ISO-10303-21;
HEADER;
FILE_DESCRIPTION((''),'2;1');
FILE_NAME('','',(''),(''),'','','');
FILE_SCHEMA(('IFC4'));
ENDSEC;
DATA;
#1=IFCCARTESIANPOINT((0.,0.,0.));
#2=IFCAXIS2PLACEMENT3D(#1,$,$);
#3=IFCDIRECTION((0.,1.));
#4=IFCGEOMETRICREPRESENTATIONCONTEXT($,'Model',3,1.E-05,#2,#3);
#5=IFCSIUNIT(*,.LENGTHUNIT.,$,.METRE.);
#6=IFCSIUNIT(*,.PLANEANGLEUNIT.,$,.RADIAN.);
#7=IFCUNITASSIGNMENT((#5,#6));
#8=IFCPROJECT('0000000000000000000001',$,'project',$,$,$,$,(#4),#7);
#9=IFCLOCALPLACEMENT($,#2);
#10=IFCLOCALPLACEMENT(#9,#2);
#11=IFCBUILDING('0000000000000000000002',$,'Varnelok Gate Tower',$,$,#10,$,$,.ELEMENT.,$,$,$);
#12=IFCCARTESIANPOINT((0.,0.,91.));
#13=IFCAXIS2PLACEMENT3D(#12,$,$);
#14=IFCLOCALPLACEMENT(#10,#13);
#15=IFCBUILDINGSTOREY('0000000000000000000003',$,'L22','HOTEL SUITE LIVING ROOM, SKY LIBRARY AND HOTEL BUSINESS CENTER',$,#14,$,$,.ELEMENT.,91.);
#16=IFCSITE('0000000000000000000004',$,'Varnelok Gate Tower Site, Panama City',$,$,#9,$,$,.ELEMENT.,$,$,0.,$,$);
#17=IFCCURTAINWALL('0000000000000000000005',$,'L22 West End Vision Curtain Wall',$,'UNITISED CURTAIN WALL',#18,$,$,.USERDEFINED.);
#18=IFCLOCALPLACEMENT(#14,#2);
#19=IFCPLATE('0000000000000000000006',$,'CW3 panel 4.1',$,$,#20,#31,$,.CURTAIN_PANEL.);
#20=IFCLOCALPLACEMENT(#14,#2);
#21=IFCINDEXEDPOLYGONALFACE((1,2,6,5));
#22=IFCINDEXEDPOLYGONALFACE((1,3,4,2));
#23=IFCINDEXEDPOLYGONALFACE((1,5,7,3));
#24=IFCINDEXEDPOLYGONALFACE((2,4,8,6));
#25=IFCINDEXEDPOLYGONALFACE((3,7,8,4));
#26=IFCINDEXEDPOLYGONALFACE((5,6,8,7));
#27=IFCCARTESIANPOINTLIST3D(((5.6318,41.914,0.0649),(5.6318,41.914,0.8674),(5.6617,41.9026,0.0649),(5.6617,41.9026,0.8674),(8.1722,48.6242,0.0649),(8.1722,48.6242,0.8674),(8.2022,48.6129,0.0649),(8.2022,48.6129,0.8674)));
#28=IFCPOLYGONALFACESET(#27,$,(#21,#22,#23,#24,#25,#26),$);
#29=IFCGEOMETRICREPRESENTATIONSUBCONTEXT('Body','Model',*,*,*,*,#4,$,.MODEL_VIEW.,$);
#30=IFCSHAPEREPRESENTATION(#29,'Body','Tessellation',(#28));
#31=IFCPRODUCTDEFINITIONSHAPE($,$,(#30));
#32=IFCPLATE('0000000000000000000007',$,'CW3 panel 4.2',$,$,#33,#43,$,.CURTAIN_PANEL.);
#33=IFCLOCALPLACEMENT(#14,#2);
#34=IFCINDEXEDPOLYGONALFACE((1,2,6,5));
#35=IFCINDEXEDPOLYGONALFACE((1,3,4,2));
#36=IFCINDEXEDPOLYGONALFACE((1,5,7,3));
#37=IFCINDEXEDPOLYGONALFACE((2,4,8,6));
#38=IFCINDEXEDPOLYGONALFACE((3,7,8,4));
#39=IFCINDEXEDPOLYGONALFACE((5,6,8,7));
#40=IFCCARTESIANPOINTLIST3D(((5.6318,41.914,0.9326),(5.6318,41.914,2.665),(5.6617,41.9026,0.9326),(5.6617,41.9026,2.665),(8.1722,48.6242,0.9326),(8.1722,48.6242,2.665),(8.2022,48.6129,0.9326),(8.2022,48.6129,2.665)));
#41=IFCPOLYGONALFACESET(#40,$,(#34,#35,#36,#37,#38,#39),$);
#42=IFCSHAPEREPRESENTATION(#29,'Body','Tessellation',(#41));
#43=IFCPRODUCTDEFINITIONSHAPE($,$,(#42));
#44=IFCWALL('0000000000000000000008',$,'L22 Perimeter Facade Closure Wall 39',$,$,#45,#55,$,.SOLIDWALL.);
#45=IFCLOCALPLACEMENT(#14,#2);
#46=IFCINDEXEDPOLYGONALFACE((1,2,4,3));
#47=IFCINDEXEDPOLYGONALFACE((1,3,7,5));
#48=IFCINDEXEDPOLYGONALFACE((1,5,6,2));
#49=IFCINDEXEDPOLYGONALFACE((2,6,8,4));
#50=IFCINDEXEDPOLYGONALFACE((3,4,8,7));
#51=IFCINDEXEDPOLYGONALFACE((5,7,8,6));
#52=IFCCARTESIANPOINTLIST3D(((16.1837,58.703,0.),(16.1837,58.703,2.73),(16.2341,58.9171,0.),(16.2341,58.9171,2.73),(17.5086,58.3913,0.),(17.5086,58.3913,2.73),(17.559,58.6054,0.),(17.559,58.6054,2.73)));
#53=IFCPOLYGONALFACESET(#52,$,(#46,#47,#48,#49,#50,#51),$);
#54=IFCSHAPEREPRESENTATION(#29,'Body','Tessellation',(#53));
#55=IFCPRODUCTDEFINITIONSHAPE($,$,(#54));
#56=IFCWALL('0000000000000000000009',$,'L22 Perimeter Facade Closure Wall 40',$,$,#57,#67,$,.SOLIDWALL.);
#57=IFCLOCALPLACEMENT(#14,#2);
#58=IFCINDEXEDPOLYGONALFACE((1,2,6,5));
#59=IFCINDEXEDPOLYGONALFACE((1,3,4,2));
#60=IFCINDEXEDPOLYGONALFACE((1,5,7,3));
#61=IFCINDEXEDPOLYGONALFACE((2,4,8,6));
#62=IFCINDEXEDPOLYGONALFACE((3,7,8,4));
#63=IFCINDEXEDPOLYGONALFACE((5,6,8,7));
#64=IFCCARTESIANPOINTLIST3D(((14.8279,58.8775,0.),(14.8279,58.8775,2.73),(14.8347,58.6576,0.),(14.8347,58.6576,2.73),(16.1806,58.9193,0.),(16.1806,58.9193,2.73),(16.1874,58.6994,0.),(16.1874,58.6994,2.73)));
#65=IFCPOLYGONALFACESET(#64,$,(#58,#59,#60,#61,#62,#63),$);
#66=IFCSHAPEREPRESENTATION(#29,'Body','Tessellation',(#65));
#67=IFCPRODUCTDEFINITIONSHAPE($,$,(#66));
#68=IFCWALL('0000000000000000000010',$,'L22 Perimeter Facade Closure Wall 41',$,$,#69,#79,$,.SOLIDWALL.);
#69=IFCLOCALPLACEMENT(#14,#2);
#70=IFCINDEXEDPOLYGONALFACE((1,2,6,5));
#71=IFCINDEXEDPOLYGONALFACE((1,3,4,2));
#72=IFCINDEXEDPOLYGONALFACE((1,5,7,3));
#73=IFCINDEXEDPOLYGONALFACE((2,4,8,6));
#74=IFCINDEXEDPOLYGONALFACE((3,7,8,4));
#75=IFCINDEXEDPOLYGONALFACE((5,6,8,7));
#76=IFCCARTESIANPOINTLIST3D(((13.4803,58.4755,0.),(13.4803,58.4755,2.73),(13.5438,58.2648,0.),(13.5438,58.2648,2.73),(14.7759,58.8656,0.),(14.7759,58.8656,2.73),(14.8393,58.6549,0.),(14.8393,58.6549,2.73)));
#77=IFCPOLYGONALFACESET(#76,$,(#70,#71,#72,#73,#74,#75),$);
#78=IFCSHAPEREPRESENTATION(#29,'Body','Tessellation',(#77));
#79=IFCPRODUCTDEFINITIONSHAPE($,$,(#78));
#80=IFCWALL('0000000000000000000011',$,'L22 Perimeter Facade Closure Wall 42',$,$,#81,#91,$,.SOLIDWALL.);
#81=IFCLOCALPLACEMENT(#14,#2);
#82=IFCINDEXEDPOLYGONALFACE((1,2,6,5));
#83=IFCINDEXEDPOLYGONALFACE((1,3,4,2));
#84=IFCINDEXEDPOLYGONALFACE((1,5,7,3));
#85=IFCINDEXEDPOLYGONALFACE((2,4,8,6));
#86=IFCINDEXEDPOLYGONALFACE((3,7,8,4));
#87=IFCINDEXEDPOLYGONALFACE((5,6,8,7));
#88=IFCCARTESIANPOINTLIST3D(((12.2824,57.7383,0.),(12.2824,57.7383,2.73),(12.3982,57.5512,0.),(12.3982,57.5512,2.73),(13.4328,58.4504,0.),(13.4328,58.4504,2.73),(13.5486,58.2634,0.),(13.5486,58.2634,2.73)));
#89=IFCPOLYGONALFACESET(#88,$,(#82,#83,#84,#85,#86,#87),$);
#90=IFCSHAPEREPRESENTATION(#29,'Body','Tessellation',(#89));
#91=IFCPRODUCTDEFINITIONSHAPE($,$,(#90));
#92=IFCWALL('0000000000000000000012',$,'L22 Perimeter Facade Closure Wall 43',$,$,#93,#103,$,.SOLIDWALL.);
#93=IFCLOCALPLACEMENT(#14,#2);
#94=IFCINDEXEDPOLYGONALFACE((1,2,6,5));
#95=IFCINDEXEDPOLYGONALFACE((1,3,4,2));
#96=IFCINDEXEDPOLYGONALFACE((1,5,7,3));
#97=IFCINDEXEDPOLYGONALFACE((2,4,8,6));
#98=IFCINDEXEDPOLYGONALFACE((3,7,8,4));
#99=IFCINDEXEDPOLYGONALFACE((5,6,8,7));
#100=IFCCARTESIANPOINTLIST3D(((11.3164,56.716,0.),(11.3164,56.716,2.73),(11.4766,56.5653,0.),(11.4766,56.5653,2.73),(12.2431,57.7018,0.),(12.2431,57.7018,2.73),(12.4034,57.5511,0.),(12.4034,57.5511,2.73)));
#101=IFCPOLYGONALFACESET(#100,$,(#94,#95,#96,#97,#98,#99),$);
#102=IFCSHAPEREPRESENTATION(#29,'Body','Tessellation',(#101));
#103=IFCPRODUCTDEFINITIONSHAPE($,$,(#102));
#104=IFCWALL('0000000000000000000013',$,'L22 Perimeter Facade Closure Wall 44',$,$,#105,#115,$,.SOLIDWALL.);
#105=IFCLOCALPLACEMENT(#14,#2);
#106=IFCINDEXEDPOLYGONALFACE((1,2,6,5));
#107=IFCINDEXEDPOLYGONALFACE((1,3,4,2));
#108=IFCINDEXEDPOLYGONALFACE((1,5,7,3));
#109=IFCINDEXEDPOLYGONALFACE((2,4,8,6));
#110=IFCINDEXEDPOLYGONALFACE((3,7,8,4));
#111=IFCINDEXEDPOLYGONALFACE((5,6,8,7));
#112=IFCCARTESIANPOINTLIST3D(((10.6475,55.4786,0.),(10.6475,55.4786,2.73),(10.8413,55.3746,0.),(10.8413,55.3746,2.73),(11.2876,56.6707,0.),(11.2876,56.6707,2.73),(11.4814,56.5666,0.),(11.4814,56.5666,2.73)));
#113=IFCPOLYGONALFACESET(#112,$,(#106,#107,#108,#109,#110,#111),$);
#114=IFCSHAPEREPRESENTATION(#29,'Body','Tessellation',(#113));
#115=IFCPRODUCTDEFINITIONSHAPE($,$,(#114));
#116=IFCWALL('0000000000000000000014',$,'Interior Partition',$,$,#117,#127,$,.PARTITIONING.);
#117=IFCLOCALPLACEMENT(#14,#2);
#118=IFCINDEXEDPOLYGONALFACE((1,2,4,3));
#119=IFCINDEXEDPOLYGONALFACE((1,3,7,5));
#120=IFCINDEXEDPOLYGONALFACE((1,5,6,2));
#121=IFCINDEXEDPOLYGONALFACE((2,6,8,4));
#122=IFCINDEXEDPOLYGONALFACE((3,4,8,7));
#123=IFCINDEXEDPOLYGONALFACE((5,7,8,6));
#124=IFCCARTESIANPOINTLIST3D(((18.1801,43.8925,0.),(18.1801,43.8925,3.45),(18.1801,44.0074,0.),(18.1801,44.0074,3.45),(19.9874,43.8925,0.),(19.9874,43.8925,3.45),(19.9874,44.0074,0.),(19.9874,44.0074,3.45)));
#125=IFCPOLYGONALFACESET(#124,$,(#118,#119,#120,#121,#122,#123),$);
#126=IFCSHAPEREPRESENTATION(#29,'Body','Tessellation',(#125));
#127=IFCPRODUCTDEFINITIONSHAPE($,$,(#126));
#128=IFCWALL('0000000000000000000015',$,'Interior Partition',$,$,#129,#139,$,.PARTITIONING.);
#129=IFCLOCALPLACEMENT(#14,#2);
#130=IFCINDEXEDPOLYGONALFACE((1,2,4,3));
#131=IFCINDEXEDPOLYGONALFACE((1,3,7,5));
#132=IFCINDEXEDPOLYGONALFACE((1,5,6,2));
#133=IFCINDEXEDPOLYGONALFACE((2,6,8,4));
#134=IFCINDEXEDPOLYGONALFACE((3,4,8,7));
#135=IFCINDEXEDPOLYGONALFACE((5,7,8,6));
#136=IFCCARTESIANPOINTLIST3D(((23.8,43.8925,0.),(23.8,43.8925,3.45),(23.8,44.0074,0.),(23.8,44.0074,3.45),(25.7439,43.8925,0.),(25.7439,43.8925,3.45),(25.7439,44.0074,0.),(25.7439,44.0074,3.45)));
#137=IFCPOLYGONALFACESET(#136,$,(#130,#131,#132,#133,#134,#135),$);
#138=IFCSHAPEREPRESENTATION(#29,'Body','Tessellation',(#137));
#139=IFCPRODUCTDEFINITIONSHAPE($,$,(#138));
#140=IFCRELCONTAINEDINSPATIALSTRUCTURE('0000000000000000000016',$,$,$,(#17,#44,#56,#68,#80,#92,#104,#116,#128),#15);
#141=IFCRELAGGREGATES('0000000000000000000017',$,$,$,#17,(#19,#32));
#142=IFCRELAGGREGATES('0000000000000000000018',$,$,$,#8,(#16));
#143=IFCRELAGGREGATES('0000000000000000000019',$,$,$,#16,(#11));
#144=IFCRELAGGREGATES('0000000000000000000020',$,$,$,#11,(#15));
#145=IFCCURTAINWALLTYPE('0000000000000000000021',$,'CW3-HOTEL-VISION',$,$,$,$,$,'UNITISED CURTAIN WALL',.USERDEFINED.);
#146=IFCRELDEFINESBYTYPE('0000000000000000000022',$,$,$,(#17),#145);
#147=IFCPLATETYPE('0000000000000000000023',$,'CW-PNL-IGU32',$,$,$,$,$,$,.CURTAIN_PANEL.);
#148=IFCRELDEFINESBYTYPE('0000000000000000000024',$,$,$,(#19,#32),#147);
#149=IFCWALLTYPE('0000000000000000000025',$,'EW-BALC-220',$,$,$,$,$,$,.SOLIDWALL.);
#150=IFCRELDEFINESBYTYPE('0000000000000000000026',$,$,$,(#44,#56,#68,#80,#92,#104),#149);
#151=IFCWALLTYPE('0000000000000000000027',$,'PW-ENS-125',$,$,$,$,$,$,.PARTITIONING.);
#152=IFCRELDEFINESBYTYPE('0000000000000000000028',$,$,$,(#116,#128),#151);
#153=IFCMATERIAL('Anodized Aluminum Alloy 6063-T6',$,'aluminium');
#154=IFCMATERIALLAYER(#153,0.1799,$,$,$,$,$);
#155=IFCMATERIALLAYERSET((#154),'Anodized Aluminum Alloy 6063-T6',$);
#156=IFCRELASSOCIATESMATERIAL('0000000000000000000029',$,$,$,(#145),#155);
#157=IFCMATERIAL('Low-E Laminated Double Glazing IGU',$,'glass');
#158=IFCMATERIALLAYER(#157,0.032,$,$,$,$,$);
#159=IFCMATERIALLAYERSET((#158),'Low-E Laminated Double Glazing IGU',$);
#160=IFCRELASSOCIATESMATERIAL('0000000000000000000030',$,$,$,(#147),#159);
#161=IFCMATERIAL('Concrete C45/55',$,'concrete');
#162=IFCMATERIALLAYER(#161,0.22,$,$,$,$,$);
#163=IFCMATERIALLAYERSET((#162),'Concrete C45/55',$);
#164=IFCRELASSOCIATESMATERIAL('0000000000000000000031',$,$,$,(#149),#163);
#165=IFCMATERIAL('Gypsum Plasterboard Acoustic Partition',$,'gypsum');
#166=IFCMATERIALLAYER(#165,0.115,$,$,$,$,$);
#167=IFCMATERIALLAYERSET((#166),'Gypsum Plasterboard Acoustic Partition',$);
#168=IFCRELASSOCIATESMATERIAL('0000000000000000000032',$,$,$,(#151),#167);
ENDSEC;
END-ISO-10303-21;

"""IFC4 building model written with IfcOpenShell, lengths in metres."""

from ifc_helpers import new_model, si_unit, direction, frame, frame_2d, origin, origin_2d, place, context, subcontext, project, spatial, rectangle, extrude, source, transform, mapped, material, layer, layer_set, type_object, element, aggregate, save


model = new_model("IFC4")

# Units and contexts
model_context = context("Model", 3, precision=1e-05, world=origin(), true_north=direction((0.0, 1.0)))
body_context = subcontext(model_context, "Body", "Model", "MODEL_VIEW")
ifc_project = project(units=[si_unit("LENGTHUNIT", "METRE"), si_unit("PLANEANGLEUNIT", "RADIAN")], contexts=[model_context])

# Site, building, storey
site_placement = place(None, origin())
site = spatial("IfcSite", under=ifc_project, at=site_placement, Name="Varnelok Gate Tower Site, Panama City", CompositionType="ELEMENT", RefElevation=0.0)
building_placement = place(site_placement, origin())
building = spatial("IfcBuilding", under=site, at=building_placement, Name="Varnelok Gate Tower", CompositionType="ELEMENT")
storey_placement = place(building_placement, frame((0.0, 0.0, 91.0)))
storey = spatial("IfcBuildingStorey", under=building, at=storey_placement, Name="L22", Description="HOTEL SUITE LIVING ROOM, SKY LIBRARY AND HOTEL BUSINESS CENTER", CompositionType="ELEMENT", Elevation=91.0)

# Curtain wall, plates
ifc_material_1 = material(Name="Anodized Aluminum Alloy 6063-T6", Category="aluminium")
ifc_layer_1 = layer(ifc_material_1, 0.1799)
ifc_layer_set_1 = layer_set([ifc_layer_1], Name="Anodized Aluminum Alloy 6063-T6")
curtain_wall_type = type_object("IfcCurtainWallType", Name="CW3-HOTEL-VISION", ElementType="UNITISED CURTAIN WALL", PredefinedType="USERDEFINED", material=ifc_layer_set_1)
curtain_wall_placement = place(storey_placement, origin())
curtain_wall = element("IfcCurtainWall", 1, at=curtain_wall_placement, inside=storey, type_object=curtain_wall_type, Name="L22 West End Vision Curtain Wall", ObjectType="UNITISED CURTAIN WALL", PredefinedType="USERDEFINED")
ifc_material_2 = material(Name="Low-E Laminated Double Glazing IGU", Category="glass")
ifc_layer_2 = layer(ifc_material_2, 0.032)
ifc_layer_set_2 = layer_set([ifc_layer_2], Name="Low-E Laminated Double Glazing IGU")
plate_type = type_object("IfcPlateType", Name="CW-PNL-IGU32", PredefinedType="CURTAIN_PANEL", material=ifc_layer_set_2)
shared_shape_1 = source(origin(), body_context, "Body", "SweptSolid", [
    extrude(rectangle(XDim=7.175, YDim=0.032, at=origin_2d()), origin(), (0.0, 0.0, 1.0), 0.8025),
])
plate_1_placement = place(storey_placement, frame((6.917, 45.2634, 0.0649), z_axis=(0.0, 0.0, 1.0), x_axis=(0.354064, 0.935221, 0.0)))
plate_1 = element("IfcPlate", 2, at=plate_1_placement, type_object=plate_type, Name="CW3 panel 4.1", PredefinedType="CURTAIN_PANEL", context=body_context, shape_type="MappedRepresentation", body=[
    mapped(shared_shape_1, transform((0.0, 0.0, 0.0), scale=1.0)),
])
shared_shape_2 = source(origin(), body_context, "Body", "SweptSolid", [
    extrude(rectangle(XDim=7.175, YDim=0.032, at=origin_2d()), origin(), (0.0, 0.0, 1.0), 1.7324),
])
plate_2_placement = place(storey_placement, frame((6.917, 45.2634, 0.9326), z_axis=(0.0, 0.0, 1.0), x_axis=(0.354064, 0.935221, 0.0)))
plate_2 = element("IfcPlate", 3, at=plate_2_placement, type_object=plate_type, Name="CW3 panel 4.2", PredefinedType="CURTAIN_PANEL", context=body_context, shape_type="MappedRepresentation", body=[
    mapped(shared_shape_2, transform((0.0, 0.0, 0.0), scale=1.0)),
])
aggregate(curtain_wall, [plate_1, plate_2])

# Walls
ifc_material_3 = material(Name="Concrete C45/55", Category="concrete")
ifc_layer_3 = layer(ifc_material_3, 0.22)
ifc_layer_set_3 = layer_set([ifc_layer_3], Name="Concrete C45/55")
wall_type_1 = type_object("IfcWallType", Name="EW-BALC-220", PredefinedType="SOLIDWALL", material=ifc_layer_set_3)
wall_1_placement = place(storey_placement, frame((17.5339, 58.4983, 0.0), z_axis=(0.0, 0.0, 1.0), x_axis=(-0.973415, 0.229049, 0.0)))
element("IfcWall", 4, at=wall_1_placement, inside=storey, type_object=wall_type_1, Name="L22 Perimeter Facade Closure Wall 39", PredefinedType="SOLIDWALL", context=body_context, shape_type="SweptSolid", body=[
    extrude(rectangle(XDim=1.3611, YDim=0.22, at=frame_2d((0.6807, 0.0))), origin(), (0.0, 0.0, 1.0), 2.73),
])
wall_2_placement = place(storey_placement, frame((16.1841, 58.8093, 0.0), z_axis=(0.0, 0.0, 1.0), x_axis=(-0.999524, -0.030852, 0.0)))
element("IfcWall", 5, at=wall_2_placement, inside=storey, type_object=wall_type_1, Name="L22 Perimeter Facade Closure Wall 40", PredefinedType="SOLIDWALL", context=body_context, shape_type="SweptSolid", body=[
    extrude(rectangle(XDim=1.3533, YDim=0.22, at=frame_2d((0.6768, 0.0))), origin(), (0.0, 0.0, 1.0), 2.73),
])
for number, where, z_axis, x_axis, name in (
    (6, (14.8076, 58.7603, 0.0), (0.0, 0.0, 1.0), (-0.957533, -0.288324, 0.0), "L22 Perimeter Facade Closure Wall 41"),
    (7, (13.4907, 58.3569, 0.0), (0.0, 0.0, 1.0), (-0.850261, -0.526361, 0.0), "L22 Perimeter Facade Closure Wall 42"),
    (8, (12.3232, 57.6265, 0.0), (0.0, 0.0, 1.0), (-0.684937, -0.728602, 0.0), "L22 Perimeter Facade Closure Wall 43"),
    (9, (11.3845, 56.6187, 0.0), (0.0, 0.0, 1.0), (-0.473077, -0.881021, 0.0), "L22 Perimeter Facade Closure Wall 44"),
):
    element("IfcWall", number, at=place(storey_placement, frame(where, z_axis=z_axis, x_axis=x_axis)), inside=storey, type_object=wall_type_1, Name=name, PredefinedType="SOLIDWALL", context=body_context, shape_type="SweptSolid", body=[
        extrude(rectangle(XDim=1.353, YDim=0.22, at=frame_2d((0.6765, 0.0))), origin(), (0.0, 0.0, 1.0), 2.73),
    ])
ifc_material_4 = material(Name="Gypsum Plasterboard Acoustic Partition", Category="gypsum")
ifc_layer_4 = layer(ifc_material_4, 0.115)
ifc_layer_set_4 = layer_set([ifc_layer_4], Name="Gypsum Plasterboard Acoustic Partition")
wall_type_2 = type_object("IfcWallType", Name="PW-ENS-125", PredefinedType="PARTITIONING", material=ifc_layer_set_4)
wall_3_placement = place(storey_placement, frame((18.1799, 43.95, 0.0), z_axis=(0.0, 0.0, 1.0), x_axis=(1.0, 0.0, 0.0)))
element("IfcWall", 10, at=wall_3_placement, inside=storey, type_object=wall_type_2, Name="Interior Partition", PredefinedType="PARTITIONING", context=body_context, shape_type="SweptSolid", body=[
    extrude(rectangle(XDim=1.8074, YDim=0.115, at=frame_2d((0.9038, 0.0))), origin(), (0.0, 0.0, 1.0), 3.45),
])
wall_4_placement = place(storey_placement, frame((23.8, 43.95, 0.0), z_axis=(0.0, 0.0, 1.0), x_axis=(1.0, 0.0, 0.0)))
element("IfcWall", 11, at=wall_4_placement, inside=storey, type_object=wall_type_2, Name="Interior Partition", PredefinedType="PARTITIONING", context=body_context, shape_type="SweptSolid", body=[
    extrude(rectangle(XDim=1.9438, YDim=0.115, at=frame_2d((0.9719, 0.0))), origin(), (0.0, 0.0, 1.0), 3.45),
])

save(model, "model.ifc")
